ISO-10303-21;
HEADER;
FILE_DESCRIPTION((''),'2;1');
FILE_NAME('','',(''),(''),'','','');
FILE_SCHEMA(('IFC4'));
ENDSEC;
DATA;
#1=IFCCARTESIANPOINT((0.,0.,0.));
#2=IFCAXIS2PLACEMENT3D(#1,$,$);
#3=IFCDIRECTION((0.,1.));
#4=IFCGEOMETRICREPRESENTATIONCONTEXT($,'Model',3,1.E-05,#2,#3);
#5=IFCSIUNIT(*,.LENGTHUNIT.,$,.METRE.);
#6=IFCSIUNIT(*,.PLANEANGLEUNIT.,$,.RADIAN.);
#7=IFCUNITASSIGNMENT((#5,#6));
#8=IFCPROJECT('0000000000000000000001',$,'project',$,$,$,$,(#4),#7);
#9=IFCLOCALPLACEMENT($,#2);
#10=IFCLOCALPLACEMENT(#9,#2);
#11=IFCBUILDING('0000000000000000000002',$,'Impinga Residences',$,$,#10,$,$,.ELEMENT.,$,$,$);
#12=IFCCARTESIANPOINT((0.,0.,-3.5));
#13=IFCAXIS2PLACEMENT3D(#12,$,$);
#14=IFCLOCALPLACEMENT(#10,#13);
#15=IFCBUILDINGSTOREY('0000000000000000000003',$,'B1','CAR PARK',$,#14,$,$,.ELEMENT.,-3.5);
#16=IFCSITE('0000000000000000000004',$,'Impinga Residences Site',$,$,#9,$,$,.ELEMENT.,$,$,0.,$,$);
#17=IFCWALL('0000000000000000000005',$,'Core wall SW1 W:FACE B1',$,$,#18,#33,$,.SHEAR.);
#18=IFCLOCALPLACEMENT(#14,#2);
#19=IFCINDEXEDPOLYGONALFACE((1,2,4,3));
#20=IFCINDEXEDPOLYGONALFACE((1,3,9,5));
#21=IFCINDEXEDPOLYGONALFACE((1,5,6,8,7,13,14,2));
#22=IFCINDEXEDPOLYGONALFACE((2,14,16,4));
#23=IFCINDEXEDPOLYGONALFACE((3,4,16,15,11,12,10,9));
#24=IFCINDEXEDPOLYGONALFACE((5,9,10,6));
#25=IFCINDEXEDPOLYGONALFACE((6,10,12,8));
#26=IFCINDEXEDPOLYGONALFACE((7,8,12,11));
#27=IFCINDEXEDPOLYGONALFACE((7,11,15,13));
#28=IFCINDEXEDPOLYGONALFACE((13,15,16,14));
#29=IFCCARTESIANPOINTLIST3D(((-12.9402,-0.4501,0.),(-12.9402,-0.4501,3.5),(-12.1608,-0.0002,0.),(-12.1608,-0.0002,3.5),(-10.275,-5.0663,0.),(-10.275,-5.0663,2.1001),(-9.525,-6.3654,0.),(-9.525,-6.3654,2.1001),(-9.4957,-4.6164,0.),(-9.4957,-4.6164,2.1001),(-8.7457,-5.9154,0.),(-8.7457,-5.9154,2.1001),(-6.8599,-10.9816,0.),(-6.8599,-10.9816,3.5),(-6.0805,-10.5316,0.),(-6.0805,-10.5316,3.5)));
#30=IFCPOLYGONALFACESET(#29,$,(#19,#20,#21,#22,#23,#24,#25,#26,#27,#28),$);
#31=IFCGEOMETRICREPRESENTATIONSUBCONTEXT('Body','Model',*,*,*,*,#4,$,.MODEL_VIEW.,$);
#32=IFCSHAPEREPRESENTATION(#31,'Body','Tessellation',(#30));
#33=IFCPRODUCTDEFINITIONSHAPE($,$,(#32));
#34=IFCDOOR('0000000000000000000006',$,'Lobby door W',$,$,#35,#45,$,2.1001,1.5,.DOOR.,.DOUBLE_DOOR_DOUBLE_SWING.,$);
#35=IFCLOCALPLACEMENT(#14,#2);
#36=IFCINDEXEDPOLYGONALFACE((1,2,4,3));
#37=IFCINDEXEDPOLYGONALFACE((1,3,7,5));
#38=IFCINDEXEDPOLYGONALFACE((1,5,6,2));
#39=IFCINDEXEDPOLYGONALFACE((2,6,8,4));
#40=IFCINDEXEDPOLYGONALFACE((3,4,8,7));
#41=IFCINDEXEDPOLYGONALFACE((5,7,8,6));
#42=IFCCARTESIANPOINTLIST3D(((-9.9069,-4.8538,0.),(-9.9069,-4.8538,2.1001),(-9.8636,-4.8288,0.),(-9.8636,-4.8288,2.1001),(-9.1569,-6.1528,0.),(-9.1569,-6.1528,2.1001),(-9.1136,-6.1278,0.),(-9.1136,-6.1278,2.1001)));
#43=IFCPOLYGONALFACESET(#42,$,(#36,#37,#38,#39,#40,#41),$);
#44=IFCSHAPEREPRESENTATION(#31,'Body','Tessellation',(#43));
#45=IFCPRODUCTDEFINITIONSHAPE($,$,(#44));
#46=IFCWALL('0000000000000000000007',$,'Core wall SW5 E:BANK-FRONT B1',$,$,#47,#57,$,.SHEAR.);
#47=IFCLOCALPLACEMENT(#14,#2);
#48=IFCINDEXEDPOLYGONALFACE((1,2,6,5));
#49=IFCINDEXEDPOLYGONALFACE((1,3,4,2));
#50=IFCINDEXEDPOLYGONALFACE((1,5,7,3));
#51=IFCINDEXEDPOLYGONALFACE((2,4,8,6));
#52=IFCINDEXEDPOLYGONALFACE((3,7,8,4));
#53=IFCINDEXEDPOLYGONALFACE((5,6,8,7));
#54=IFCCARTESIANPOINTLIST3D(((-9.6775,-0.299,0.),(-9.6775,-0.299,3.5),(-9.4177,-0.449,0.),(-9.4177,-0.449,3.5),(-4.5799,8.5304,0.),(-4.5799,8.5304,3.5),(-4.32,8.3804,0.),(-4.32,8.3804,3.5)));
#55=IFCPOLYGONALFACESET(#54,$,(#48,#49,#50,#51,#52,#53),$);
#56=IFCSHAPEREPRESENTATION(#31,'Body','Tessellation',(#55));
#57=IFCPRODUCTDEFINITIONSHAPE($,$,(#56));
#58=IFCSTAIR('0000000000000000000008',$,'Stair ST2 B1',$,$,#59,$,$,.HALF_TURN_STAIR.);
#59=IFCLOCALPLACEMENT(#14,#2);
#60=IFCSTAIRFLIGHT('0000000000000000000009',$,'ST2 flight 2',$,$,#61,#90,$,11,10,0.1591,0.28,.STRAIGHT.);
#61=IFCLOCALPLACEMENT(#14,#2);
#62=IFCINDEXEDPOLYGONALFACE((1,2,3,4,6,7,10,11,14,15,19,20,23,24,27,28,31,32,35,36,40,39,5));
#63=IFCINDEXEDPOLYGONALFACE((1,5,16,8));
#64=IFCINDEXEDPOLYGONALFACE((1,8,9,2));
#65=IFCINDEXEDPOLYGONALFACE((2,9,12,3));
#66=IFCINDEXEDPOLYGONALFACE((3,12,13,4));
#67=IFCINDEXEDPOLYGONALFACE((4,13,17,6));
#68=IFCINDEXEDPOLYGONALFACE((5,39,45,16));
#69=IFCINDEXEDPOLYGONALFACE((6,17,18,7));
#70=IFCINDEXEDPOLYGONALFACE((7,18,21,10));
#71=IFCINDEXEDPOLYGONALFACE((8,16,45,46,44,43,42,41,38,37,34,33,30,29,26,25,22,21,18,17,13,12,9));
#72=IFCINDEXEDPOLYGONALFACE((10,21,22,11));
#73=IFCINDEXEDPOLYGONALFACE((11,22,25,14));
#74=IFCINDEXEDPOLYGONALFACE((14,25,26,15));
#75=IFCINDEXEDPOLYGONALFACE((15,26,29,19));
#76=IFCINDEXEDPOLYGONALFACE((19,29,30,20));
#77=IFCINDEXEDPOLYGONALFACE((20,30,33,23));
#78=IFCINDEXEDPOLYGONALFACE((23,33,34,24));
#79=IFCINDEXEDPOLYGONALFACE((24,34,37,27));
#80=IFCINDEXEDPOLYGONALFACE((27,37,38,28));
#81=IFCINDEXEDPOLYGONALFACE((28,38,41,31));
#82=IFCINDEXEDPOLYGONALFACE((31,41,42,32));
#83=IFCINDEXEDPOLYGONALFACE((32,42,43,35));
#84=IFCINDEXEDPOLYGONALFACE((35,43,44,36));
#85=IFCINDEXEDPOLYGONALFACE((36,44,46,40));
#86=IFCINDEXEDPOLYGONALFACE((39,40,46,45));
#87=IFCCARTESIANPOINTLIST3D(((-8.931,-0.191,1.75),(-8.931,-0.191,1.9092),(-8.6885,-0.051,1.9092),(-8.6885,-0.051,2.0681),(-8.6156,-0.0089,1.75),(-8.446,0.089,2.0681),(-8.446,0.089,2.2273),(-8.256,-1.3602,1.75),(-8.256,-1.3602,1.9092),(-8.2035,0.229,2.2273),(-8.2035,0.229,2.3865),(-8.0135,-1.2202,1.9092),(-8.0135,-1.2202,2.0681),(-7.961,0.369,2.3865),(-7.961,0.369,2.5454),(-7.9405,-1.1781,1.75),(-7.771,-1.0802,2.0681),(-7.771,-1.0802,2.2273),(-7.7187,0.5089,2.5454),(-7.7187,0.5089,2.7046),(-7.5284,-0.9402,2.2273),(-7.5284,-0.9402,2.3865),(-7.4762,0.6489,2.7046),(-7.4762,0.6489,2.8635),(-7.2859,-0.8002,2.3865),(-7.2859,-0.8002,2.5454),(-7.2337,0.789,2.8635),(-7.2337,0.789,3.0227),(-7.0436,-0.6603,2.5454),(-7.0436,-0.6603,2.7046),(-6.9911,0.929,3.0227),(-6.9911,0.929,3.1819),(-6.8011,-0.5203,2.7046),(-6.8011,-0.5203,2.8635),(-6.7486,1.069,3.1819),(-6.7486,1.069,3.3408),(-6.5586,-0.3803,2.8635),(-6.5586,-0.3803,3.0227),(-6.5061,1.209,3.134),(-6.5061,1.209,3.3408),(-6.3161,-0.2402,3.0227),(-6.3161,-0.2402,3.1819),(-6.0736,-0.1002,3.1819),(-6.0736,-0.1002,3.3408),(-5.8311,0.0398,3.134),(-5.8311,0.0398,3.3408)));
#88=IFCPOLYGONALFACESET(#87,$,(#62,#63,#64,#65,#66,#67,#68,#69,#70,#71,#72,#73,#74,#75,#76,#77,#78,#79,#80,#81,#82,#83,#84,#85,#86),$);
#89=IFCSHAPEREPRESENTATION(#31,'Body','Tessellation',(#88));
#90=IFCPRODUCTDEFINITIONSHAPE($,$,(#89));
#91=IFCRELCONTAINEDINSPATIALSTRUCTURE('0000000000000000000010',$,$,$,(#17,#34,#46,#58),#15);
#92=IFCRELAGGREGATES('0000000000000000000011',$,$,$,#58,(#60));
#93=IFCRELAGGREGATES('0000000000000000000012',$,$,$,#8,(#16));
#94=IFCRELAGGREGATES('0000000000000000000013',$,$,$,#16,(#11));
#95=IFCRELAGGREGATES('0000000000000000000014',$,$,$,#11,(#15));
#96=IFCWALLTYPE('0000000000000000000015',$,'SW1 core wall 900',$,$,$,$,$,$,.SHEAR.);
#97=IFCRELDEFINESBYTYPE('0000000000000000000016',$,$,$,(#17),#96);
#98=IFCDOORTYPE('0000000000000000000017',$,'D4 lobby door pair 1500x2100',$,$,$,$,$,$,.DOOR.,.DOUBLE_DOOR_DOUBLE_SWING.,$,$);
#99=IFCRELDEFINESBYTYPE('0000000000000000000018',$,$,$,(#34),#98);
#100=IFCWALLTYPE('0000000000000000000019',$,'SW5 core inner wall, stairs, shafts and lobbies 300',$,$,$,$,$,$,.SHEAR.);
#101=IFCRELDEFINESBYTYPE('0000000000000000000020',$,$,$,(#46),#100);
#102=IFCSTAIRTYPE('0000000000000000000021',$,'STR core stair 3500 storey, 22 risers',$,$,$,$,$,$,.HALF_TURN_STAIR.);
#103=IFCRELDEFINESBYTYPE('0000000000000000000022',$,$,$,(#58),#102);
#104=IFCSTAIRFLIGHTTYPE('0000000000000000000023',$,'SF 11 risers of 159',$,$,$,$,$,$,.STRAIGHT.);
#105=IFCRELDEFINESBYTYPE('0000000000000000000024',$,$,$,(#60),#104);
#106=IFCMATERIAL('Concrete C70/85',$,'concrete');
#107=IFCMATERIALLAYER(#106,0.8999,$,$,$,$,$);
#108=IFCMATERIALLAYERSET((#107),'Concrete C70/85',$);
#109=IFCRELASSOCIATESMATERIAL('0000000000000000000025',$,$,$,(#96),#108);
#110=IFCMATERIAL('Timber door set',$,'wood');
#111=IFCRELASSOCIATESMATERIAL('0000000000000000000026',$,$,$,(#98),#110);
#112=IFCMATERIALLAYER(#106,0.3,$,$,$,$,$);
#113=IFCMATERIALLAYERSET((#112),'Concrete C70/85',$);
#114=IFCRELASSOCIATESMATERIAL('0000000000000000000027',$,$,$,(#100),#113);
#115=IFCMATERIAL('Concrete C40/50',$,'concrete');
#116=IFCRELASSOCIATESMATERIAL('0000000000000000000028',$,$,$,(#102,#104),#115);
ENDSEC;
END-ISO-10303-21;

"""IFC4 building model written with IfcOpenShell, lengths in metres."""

from ifc_helpers import new_model, si_unit, direction, frame, frame_2d, origin, place, context, subcontext, project, spatial, polyline, rectangle, outline, extrude, material, layer, layer_set, type_object, element, fill, aggregate, save


model = new_model("IFC4")

# Units and contexts
model_context = context("Model", 3, precision=1e-05, world=origin(), true_north=direction((0.0, 1.0)))
body_context = subcontext(model_context, "Body", "Model", "MODEL_VIEW")
ifc_project = project(units=[si_unit("LENGTHUNIT", "METRE"), si_unit("PLANEANGLEUNIT", "RADIAN")], contexts=[model_context])

# Site, building, storey
site_placement = place(None, origin())
site = spatial("IfcSite", under=ifc_project, at=site_placement, Name="Impinga Residences Site", CompositionType="ELEMENT", RefElevation=0.0)
building_placement = place(site_placement, origin())
building = spatial("IfcBuilding", under=site, at=building_placement, Name="Impinga Residences", CompositionType="ELEMENT")
storey_placement = place(building_placement, frame((0.0, 0.0, -3.5)))
storey = spatial("IfcBuildingStorey", under=building, at=storey_placement, Name="B1", Description="CAR PARK", CompositionType="ELEMENT", Elevation=-3.5)

# Shared definitions
ifc_material_1 = material(Name="Concrete C70/85", Category="concrete")
ifc_material_2 = material(Name="Timber door set", Category="wood")

# Wall, opening, door
ifc_layer_1 = layer(ifc_material_1, 0.8999)
ifc_layer_set_1 = layer_set([ifc_layer_1], Name="Concrete C70/85")
wall_type_1 = type_object("IfcWallType", Name="SW1 core wall 900", PredefinedType="SHEAR", material=ifc_layer_set_1)
wall_1_placement = place(storey_placement, frame((-6.4702, -10.7566, 0.0), z_axis=(0.0, 0.0, 1.0), x_axis=(-0.499998, 0.866027, 0.0)))
wall_1 = element("IfcWall", 1, at=wall_1_placement, inside=storey, type_object=wall_type_1, Name="Core wall SW1 W:FACE B1", PredefinedType="SHEAR", context=body_context, shape_type="SweptSolid", body=[
    extrude(rectangle(XDim=12.1606, YDim=0.8999, at=frame_2d((6.0803, 0.0))), origin(), (0.0, 0.0, 1.0), 3.5),
])
opening_1_placement = place(wall_1_placement, frame((5.3303, 0.0, 0.0)))
opening_1 = element("IfcOpeningElement", 2, at=opening_1_placement, cuts=wall_1, PredefinedType="OPENING", context=body_context, shape_type="SweptSolid", body=[
    extrude(rectangle(XDim=1.5, YDim=2.1001, at=frame_2d((0.75, 1.05))), frame((0.0, 0.46, 0.0), z_axis=(0.0, -1.0, 0.0), x_axis=(1.0, 0.0, 0.0)), (0.0, 0.0, 1.0), 0.9199),
])
door_type_1 = type_object("IfcDoorType", Name="D4 lobby door pair 1500x2100", OperationType="DOUBLE_DOOR_DOUBLE_SWING", PredefinedType="DOOR", material=ifc_material_2)
door_1_placement = place(opening_1_placement, origin())
door_1 = element("IfcDoor", 3, at=door_1_placement, inside=storey, type_object=door_type_1, Name="Lobby door W", OperationType="DOUBLE_DOOR_DOUBLE_SWING", OverallHeight=2.1001, OverallWidth=1.5, PredefinedType="DOOR", context=body_context, shape_type="SweptSolid", body=[
    extrude(rectangle(XDim=1.5, YDim=2.1001, at=frame_2d((0.75, 1.05))), frame((0.0, 0.0249, 0.0), z_axis=(0.0, -1.0, 0.0), x_axis=(1.0, 0.0, 0.0)), (0.0, 0.0, 1.0), 0.05),
])
fill(opening_1, door_1)

# Wall
ifc_layer_2 = layer(ifc_material_1, 0.3)
ifc_layer_set_2 = layer_set([ifc_layer_2], Name="Concrete C70/85")
wall_type_2 = type_object("IfcWallType", Name="SW5 core inner wall, stairs, shafts and lobbies 300", PredefinedType="SHEAR", material=ifc_layer_set_2)
wall_2_placement = place(storey_placement, frame((-9.5476, -0.374, 0.0), z_axis=(0.0, 0.0, 1.0), x_axis=(0.500002, 0.866024, 0.0)))
element("IfcWall", 4, at=wall_2_placement, inside=storey, type_object=wall_type_2, Name="Core wall SW5 E:BANK-FRONT B1", PredefinedType="SHEAR", context=body_context, shape_type="SweptSolid", body=[
    extrude(rectangle(XDim=10.1953, YDim=0.3, at=frame_2d((5.0977, 0.0))), origin(), (0.0, 0.0, 1.0), 3.5),
])

# Stair, stair flight
ifc_material_3 = material(Name="Concrete C40/50", Category="concrete")
stair_type = type_object("IfcStairType", Name="STR core stair 3500 storey, 22 risers", PredefinedType="HALF_TURN_STAIR", material=ifc_material_3)
stair_placement = place(storey_placement, origin())
stair = element("IfcStair", 5, at=stair_placement, inside=storey, type_object=stair_type, Name="Stair ST2 B1", PredefinedType="HALF_TURN_STAIR")
stair_flight_type = type_object("IfcStairFlightType", Name="SF 11 risers of 159", PredefinedType="STRAIGHT", material=ifc_material_3)
stair_flight_placement = place(storey_placement, frame((-8.5935, -0.7756, 1.75), z_axis=(0.0, 0.0, 1.0), x_axis=(0.866025, 0.5, 0.0)))
stair_flight = element("IfcStairFlight", 6, at=stair_flight_placement, type_object=stair_flight_type, Name="ST2 flight 2", NumberOfRisers=11, NumberOfTreads=10, PredefinedType="STRAIGHT", RiserHeight=0.1591, TreadLength=0.28, context=body_context, shape_type="SweptSolid", body=[
    extrude(outline(polyline([(0.0, 0.0), (0.0, 0.1592), (0.28, 0.1592), (0.28, 0.3181), (0.5601, 0.3181), (0.5601, 0.4773), (0.8401, 0.4773), (0.8401, 0.6365), (1.1201, 0.6365), (1.1201, 0.7954), (1.3999, 0.7954), (1.3999, 0.9546), (1.6799, 0.9546), (1.6799, 1.1135), (1.96, 1.1135), (1.96, 1.2727), (2.24, 1.2727), (2.24, 1.4319), (2.52, 1.4319), (2.52, 1.5908), (2.8, 1.5908), (2.8, 1.75), (2.8, 1.384), (0.3643, 0.0), (0.0, 0.0)])), frame((0.0, 0.675, 0.0), z_axis=(0.0, -1.0, 0.0), x_axis=(1.0, 0.0, 0.0)), (0.0, 0.0, 1.0), 1.3501),
])
aggregate(stair, [stair_flight])

save(model, "model.ifc")
